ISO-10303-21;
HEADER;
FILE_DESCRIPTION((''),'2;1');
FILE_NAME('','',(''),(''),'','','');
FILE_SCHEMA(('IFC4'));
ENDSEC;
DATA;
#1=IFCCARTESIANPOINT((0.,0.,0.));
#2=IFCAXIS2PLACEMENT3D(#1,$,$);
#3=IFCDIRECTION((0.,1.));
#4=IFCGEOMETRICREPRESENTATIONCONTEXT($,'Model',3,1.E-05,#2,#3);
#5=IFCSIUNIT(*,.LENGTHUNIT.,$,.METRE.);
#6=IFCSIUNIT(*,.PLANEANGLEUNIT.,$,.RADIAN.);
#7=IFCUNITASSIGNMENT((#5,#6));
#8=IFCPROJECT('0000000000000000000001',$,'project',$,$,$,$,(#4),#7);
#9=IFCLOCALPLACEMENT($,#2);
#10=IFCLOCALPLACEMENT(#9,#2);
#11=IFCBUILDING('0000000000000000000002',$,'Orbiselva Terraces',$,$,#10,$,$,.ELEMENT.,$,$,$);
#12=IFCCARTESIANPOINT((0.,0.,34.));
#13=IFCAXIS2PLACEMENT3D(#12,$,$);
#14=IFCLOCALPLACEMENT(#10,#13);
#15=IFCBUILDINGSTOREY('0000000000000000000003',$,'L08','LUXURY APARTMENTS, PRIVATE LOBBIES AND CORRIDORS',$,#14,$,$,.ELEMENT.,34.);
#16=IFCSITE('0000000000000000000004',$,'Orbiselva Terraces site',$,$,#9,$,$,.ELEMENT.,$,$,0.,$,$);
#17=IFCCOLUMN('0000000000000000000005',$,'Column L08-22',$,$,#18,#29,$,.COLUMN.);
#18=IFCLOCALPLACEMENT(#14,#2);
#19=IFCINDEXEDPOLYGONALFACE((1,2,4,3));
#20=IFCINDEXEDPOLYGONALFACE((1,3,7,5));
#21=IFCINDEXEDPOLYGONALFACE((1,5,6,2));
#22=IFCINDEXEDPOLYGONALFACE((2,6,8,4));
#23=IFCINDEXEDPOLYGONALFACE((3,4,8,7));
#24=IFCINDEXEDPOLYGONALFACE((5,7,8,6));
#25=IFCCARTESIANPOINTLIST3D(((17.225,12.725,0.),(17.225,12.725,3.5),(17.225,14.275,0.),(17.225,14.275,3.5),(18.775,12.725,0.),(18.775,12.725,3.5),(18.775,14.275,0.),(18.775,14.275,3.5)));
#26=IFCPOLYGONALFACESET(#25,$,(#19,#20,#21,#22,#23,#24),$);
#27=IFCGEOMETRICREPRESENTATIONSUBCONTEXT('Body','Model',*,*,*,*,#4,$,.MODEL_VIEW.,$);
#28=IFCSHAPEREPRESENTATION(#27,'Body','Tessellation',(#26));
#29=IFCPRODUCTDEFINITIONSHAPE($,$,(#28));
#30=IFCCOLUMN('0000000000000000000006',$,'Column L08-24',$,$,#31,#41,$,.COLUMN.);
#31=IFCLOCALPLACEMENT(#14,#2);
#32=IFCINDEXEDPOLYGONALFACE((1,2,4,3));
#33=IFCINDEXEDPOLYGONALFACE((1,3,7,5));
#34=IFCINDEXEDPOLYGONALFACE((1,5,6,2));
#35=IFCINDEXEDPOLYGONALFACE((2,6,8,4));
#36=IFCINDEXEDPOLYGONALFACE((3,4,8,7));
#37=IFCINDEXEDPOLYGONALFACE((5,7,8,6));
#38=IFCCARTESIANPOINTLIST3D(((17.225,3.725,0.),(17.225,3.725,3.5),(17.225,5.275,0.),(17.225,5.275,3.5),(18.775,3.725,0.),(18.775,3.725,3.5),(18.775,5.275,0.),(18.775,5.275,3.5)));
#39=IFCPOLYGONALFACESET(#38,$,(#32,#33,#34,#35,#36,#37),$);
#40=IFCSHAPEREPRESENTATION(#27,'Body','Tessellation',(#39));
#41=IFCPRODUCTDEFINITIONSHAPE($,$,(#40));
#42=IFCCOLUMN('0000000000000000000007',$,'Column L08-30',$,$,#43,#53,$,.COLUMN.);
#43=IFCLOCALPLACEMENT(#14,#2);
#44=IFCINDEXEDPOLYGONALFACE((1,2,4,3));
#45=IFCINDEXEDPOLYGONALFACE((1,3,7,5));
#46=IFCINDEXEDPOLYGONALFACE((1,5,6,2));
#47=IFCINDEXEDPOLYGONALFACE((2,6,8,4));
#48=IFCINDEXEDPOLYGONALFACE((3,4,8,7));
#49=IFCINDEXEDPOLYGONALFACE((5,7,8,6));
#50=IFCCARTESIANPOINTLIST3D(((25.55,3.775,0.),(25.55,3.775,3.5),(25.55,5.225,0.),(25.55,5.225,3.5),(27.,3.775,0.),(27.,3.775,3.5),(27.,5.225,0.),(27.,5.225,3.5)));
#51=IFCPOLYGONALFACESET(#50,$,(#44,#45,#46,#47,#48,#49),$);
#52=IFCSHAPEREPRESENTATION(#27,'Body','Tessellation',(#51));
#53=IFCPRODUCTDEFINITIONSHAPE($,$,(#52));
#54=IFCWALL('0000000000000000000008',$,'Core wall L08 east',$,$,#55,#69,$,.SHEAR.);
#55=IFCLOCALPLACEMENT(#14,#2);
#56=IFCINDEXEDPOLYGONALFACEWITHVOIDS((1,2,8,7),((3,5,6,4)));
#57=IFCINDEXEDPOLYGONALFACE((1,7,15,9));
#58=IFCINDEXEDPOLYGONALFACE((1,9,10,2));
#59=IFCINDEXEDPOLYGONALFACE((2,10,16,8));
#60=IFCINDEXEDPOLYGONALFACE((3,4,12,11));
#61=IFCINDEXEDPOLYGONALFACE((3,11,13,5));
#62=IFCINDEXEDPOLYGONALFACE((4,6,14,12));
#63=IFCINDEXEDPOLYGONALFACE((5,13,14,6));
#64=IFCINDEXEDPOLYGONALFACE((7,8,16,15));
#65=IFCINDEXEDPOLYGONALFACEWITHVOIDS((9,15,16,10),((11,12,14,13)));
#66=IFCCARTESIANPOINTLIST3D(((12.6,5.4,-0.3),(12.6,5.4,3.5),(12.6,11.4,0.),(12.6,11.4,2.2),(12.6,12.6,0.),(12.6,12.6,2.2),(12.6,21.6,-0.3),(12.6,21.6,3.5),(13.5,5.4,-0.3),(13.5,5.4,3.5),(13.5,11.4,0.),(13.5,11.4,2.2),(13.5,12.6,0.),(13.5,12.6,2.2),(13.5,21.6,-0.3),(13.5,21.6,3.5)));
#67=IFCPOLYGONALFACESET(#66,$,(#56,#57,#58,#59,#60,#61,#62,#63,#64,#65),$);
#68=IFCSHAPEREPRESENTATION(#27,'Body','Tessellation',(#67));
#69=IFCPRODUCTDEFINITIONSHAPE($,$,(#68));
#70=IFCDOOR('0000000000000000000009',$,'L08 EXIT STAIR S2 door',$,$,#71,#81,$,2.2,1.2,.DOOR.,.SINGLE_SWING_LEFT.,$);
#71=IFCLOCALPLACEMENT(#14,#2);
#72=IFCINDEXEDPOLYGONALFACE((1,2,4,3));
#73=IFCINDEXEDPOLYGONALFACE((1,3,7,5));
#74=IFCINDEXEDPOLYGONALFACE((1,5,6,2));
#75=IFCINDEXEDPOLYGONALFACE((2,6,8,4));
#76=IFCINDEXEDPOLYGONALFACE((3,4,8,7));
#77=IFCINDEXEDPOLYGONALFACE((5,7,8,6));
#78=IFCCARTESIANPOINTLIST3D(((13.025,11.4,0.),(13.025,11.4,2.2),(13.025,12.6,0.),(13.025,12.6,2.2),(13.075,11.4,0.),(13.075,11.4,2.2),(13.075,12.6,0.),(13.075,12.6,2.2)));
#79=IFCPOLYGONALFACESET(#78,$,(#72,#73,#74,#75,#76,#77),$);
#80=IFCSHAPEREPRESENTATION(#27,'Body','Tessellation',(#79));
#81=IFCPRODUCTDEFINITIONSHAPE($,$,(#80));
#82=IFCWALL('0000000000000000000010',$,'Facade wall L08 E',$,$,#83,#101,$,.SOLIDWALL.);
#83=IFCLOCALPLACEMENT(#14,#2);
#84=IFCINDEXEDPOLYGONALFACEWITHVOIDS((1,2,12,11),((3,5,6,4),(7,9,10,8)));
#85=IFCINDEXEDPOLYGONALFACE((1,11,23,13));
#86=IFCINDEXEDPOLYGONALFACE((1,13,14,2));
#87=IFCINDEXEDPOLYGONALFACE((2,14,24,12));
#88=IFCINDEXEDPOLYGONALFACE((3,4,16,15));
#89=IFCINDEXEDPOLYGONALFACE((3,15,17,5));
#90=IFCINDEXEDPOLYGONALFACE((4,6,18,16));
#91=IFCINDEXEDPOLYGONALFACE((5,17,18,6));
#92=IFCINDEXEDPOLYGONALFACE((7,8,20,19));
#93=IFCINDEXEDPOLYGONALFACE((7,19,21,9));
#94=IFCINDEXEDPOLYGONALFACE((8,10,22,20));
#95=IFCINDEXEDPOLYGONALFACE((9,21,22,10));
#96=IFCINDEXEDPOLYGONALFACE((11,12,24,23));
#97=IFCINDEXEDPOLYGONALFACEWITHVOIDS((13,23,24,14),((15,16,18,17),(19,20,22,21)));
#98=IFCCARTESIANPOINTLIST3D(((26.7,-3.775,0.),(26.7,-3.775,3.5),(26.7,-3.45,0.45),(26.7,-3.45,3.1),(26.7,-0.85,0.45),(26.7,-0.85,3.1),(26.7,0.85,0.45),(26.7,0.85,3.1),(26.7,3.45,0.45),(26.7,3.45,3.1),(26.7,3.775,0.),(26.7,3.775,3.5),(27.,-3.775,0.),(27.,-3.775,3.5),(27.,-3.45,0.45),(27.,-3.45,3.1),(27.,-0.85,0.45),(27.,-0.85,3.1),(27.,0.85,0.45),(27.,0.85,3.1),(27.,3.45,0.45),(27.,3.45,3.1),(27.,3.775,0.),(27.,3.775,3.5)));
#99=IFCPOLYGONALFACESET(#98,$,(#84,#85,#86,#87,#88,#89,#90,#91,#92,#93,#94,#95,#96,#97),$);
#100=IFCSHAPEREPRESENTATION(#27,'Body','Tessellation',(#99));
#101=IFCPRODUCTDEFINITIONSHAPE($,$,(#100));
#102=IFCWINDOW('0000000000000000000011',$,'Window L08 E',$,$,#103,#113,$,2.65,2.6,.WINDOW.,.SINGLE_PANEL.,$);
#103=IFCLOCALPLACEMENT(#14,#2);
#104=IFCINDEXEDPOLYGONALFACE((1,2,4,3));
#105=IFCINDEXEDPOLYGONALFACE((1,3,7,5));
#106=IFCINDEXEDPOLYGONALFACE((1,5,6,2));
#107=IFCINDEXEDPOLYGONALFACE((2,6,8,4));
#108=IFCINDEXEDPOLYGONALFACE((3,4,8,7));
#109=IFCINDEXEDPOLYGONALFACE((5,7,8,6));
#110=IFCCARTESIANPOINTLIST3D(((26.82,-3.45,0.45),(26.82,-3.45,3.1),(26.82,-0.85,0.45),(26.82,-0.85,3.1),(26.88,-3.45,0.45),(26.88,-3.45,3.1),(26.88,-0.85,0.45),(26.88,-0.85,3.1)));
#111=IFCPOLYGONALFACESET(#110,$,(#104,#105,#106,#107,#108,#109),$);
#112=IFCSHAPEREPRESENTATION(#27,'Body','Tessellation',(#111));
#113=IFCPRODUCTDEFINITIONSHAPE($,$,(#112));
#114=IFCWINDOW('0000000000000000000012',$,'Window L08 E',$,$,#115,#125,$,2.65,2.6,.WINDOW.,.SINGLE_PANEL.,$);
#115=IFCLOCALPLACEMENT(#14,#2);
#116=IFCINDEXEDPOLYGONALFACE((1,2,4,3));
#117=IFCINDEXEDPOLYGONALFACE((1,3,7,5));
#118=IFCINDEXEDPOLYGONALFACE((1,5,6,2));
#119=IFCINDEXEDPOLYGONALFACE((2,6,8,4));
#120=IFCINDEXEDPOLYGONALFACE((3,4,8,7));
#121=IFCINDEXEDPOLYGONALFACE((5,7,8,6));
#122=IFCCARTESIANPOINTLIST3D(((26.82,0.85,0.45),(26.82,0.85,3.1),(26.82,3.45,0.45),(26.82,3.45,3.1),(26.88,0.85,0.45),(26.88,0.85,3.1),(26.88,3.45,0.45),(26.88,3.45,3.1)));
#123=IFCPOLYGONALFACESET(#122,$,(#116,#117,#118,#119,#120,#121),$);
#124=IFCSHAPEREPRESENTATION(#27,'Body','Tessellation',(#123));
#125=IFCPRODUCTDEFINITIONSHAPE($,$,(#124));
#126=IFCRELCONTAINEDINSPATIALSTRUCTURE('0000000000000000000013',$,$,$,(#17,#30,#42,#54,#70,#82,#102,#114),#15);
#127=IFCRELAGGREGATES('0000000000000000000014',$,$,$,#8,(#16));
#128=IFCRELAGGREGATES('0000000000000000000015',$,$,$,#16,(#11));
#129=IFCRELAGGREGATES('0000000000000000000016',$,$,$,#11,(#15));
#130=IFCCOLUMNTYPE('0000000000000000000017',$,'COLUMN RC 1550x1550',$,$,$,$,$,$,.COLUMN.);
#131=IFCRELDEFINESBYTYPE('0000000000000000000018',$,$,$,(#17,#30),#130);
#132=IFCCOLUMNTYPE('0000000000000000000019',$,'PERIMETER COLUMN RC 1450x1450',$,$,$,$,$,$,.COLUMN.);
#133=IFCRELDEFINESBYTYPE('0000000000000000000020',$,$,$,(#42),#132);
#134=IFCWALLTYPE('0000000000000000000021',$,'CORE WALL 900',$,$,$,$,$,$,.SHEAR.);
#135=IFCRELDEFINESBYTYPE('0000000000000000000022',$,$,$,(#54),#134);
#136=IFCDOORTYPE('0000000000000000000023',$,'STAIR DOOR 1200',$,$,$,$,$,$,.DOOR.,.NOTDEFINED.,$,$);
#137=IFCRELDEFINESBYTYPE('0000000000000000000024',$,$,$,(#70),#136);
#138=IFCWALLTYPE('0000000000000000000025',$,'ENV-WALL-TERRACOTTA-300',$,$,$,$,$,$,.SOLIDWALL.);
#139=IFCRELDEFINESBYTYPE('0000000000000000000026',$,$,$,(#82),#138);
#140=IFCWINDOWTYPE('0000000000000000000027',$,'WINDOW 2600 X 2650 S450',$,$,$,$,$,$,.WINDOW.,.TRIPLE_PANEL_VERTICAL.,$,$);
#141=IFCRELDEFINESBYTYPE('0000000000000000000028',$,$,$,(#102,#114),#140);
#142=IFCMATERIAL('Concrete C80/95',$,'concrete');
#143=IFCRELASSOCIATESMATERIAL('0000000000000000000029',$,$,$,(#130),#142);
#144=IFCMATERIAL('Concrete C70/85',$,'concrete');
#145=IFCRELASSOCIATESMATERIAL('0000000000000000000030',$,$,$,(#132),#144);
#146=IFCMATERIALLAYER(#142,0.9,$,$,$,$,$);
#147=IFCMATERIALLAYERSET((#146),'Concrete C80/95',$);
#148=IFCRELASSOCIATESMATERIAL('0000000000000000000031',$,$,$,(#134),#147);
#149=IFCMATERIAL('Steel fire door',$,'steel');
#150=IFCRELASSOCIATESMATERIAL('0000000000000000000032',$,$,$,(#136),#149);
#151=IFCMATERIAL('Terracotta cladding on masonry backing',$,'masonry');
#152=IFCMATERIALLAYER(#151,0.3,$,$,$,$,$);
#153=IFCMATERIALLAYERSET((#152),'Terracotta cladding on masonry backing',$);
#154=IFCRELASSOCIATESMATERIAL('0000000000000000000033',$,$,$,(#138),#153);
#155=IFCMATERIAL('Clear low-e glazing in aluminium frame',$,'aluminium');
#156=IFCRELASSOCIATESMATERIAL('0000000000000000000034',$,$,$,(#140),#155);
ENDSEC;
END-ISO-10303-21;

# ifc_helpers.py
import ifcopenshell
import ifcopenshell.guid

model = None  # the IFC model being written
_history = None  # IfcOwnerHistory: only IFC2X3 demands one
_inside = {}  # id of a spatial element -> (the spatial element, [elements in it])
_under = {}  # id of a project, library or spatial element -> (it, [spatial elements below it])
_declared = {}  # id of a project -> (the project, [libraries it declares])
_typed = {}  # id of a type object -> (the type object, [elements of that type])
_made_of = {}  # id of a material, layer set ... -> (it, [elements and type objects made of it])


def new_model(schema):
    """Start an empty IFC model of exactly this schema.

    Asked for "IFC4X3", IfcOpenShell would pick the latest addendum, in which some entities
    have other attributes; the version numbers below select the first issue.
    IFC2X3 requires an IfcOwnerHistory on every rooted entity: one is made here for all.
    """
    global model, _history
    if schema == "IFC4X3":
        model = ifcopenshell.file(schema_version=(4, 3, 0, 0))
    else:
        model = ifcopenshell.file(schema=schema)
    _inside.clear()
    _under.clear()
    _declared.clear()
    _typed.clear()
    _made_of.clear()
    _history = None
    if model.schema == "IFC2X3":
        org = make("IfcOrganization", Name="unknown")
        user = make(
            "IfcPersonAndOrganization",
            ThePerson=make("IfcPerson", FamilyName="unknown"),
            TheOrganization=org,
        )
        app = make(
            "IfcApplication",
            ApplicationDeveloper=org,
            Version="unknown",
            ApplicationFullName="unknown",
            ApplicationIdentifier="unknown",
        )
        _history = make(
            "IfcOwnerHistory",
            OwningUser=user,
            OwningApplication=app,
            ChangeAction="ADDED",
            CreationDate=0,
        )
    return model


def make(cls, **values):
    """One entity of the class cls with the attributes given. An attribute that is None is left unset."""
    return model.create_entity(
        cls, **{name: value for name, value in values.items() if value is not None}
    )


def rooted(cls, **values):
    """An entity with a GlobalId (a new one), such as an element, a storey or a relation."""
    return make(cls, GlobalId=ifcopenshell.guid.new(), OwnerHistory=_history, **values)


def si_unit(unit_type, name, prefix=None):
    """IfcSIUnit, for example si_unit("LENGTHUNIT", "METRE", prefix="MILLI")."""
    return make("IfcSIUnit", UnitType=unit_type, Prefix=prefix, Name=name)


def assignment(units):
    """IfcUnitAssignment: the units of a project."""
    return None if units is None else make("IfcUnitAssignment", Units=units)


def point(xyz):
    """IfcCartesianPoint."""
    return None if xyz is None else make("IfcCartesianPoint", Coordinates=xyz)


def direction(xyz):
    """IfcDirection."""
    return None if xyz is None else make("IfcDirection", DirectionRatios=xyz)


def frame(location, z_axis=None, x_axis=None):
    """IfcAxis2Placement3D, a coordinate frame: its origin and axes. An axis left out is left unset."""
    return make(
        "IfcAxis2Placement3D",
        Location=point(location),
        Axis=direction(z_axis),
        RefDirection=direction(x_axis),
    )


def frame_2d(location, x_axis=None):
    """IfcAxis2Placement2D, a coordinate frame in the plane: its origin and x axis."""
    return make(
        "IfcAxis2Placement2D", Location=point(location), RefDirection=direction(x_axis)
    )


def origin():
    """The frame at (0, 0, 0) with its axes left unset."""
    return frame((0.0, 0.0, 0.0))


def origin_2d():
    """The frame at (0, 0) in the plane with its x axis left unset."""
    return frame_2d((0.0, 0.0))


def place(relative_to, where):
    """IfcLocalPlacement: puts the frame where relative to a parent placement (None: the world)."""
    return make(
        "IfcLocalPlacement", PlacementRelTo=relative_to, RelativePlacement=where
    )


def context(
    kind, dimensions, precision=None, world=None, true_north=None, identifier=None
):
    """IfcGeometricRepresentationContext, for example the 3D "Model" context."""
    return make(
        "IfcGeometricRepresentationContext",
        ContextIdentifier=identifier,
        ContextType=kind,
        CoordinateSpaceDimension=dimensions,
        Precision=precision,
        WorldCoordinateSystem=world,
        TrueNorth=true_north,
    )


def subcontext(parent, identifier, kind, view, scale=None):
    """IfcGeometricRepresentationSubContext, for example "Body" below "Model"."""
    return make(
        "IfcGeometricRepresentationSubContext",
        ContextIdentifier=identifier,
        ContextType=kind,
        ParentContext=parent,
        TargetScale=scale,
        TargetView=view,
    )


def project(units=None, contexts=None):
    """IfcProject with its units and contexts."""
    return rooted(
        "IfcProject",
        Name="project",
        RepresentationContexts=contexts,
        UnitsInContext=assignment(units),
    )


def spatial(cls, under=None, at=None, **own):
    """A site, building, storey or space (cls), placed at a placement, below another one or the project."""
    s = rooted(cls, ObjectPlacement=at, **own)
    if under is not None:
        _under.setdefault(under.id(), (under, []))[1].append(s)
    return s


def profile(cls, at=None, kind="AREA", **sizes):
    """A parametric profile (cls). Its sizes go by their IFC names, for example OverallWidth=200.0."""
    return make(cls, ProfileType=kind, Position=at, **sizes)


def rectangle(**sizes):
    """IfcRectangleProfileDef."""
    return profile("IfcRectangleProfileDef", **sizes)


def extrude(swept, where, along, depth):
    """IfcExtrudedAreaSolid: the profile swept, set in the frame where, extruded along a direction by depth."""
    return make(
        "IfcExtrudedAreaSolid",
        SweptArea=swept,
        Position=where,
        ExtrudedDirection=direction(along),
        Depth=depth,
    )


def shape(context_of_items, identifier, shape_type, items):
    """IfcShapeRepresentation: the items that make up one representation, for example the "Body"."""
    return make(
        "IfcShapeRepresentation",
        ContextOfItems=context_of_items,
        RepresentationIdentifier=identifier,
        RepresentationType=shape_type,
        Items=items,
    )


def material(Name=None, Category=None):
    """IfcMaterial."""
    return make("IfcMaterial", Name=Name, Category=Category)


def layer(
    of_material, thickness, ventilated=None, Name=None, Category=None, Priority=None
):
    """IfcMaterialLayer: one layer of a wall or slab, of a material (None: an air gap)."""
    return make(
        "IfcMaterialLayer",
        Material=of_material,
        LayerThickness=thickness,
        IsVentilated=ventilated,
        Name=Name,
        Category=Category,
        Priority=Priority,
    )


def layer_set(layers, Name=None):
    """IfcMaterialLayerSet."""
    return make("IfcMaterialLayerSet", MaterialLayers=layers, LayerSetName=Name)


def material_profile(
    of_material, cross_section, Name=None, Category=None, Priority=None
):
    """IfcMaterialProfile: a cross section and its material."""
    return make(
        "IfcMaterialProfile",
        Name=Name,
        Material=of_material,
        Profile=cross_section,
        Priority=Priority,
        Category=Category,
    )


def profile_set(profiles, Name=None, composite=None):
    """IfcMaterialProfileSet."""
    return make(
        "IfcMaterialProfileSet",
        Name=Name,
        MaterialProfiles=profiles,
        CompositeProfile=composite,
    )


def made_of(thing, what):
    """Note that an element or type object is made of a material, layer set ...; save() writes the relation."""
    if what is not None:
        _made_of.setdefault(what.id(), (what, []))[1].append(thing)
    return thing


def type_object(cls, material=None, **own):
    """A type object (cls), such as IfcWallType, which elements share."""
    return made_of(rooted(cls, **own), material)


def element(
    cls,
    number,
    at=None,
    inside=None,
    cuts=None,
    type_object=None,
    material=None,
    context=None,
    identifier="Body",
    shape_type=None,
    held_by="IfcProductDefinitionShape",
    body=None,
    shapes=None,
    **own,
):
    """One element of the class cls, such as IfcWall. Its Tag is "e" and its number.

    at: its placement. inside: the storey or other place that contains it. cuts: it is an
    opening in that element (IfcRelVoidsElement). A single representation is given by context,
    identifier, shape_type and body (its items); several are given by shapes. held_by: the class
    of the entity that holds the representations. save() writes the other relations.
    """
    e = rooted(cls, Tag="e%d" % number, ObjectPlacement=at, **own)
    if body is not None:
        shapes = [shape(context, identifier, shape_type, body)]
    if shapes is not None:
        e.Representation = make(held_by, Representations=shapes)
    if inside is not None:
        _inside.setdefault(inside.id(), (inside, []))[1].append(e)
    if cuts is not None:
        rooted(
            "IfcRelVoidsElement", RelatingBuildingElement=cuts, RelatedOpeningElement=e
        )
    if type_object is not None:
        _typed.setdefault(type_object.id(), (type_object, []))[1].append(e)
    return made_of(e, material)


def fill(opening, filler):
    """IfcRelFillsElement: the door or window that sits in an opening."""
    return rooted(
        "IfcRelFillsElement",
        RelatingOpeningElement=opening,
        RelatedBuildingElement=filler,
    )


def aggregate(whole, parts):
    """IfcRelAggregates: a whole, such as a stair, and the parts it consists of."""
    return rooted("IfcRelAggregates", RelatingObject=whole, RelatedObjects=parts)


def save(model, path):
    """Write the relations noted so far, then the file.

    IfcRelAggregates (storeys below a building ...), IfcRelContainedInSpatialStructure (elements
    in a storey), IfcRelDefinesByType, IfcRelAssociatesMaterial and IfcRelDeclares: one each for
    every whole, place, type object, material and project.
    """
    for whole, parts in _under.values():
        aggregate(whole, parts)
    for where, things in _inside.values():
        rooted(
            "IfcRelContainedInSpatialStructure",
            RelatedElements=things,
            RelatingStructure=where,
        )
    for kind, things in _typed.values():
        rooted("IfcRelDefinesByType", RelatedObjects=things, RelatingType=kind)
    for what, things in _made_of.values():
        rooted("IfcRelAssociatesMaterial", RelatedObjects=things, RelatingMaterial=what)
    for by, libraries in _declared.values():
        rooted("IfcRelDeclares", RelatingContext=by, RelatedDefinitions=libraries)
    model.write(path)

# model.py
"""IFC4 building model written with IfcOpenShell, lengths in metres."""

from ifc_helpers import new_model, si_unit, direction, frame, frame_2d, origin, origin_2d, place, context, subcontext, project, spatial, rectangle, extrude, material, layer, layer_set, material_profile, profile_set, type_object, element, fill, save


model = new_model("IFC4")

# Units and contexts
model_context = context("Model", 3, precision=1e-05, world=origin(), true_north=direction((0.0, 1.0)))
body_context = subcontext(model_context, "Body", "Model", "MODEL_VIEW")
ifc_project = project(units=[si_unit("LENGTHUNIT", "METRE"), si_unit("PLANEANGLEUNIT", "RADIAN")], contexts=[model_context])

# Site, building, storey
site_placement = place(None, origin())
site = spatial("IfcSite", under=ifc_project, at=site_placement, Name="Orbiselva Terraces site", CompositionType="ELEMENT", RefElevation=0.0)
building_placement = place(site_placement, origin())
building = spatial("IfcBuilding", under=site, at=building_placement, Name="Orbiselva Terraces", CompositionType="ELEMENT")
storey_placement = place(building_placement, frame((0.0, 0.0, 34.0)))
storey = spatial("IfcBuildingStorey", under=building, at=storey_placement, Name="L08", Description="LUXURY APARTMENTS, PRIVATE LOBBIES AND CORRIDORS", CompositionType="ELEMENT", Elevation=34.0)

# Columns
ifc_material_1 = material(Name="Concrete C80/95", Category="concrete")
ifc_material_profile_1 = material_profile(ifc_material_1, rectangle(XDim=1.55, YDim=1.55, at=origin_2d()), Name="RC 1550x1550")
ifc_profile_set_1 = profile_set([ifc_material_profile_1], Name="Concrete C80/95")
column_type_1 = type_object("IfcColumnType", Name="COLUMN RC 1550x1550", PredefinedType="COLUMN", material=ifc_profile_set_1)
for number, where, z_axis, x_axis, name in (
    (1, (18.0, 13.5, 0.0), (0.0, 0.0, 1.0), (1.0, 0.0, 0.0), "Column L08-22"),
    (2, (18.0, 4.5, 0.0), (0.0, 0.0, 1.0), (1.0, 0.0, 0.0), "Column L08-24"),
):
    element("IfcColumn", number, at=place(storey_placement, frame(where, z_axis=z_axis, x_axis=x_axis)), inside=storey, type_object=column_type_1, Name=name, PredefinedType="COLUMN", context=body_context, shape_type="SweptSolid", body=[
        extrude(rectangle(XDim=1.55, YDim=1.55, at=origin_2d()), origin(), (0.0, 0.0, 1.0), 3.5),
    ])
ifc_material_2 = material(Name="Concrete C70/85", Category="concrete")
ifc_material_profile_2 = material_profile(ifc_material_2, rectangle(XDim=1.45, YDim=1.45, at=origin_2d()), Name="RC 1450x1450")
ifc_profile_set_2 = profile_set([ifc_material_profile_2], Name="Concrete C70/85")
column_type_2 = type_object("IfcColumnType", Name="PERIMETER COLUMN RC 1450x1450", PredefinedType="COLUMN", material=ifc_profile_set_2)
column_placement = place(storey_placement, frame((26.275, 4.5, 0.0), z_axis=(0.0, 0.0, 1.0), x_axis=(1.0, 0.0, 0.0)))
element("IfcColumn", 3, at=column_placement, inside=storey, type_object=column_type_2, Name="Column L08-30", PredefinedType="COLUMN", context=body_context, shape_type="SweptSolid", body=[
    extrude(rectangle(XDim=1.45, YDim=1.45, at=origin_2d()), origin(), (0.0, 0.0, 1.0), 3.5),
])

# Wall, opening, door
ifc_layer_1 = layer(ifc_material_1, 0.9)
ifc_layer_set_1 = layer_set([ifc_layer_1], Name="Concrete C80/95")
wall_type_1 = type_object("IfcWallType", Name="CORE WALL 900", PredefinedType="SHEAR", material=ifc_layer_set_1)
wall_1_placement = place(storey_placement, frame((13.05, 5.4, -0.3), z_axis=(0.0, 0.0, 1.0), x_axis=(0.0, 1.0, 0.0)))
wall_1 = element("IfcWall", 4, at=wall_1_placement, inside=storey, type_object=wall_type_1, Name="Core wall L08 east", PredefinedType="SHEAR", context=body_context, shape_type="SweptSolid", body=[
    extrude(rectangle(XDim=16.2, YDim=0.9, at=frame_2d((8.1, 0.0))), origin(), (0.0, 0.0, 1.0), 3.8),
])
opening_1_placement = place(wall_1_placement, frame((6.0, 0.0, 0.3)))
opening_1 = element("IfcOpeningElement", 5, at=opening_1_placement, cuts=wall_1, PredefinedType="OPENING", context=body_context, shape_type="SweptSolid", body=[
    extrude(rectangle(XDim=1.2, YDim=2.2, at=frame_2d((0.6, 1.1))), frame((0.0, 0.46, 0.0), z_axis=(0.0, -1.0, 0.0), x_axis=(1.0, 0.0, 0.0)), (0.0, 0.0, 1.0), 0.92),
])
ifc_material_3 = material(Name="Steel fire door", Category="steel")
door_type_1 = type_object("IfcDoorType", Name="STAIR DOOR 1200", OperationType="NOTDEFINED", PredefinedType="DOOR", material=ifc_material_3)
door_1_placement = place(opening_1_placement, frame((1.2, 0.0, 0.0), z_axis=(0.0, 0.0, 1.0), x_axis=(-1.0, 0.0, 0.0)))
door_1 = element("IfcDoor", 6, at=door_1_placement, inside=storey, type_object=door_type_1, Name="L08 EXIT STAIR S2 door", OperationType="SINGLE_SWING_LEFT", OverallHeight=2.2, OverallWidth=1.2, PredefinedType="DOOR", context=body_context, shape_type="SweptSolid", body=[
    extrude(rectangle(XDim=1.2, YDim=2.2, at=frame_2d((0.6, 1.1))), frame((0.0, 0.025, 0.0), z_axis=(0.0, -1.0, 0.0), x_axis=(1.0, 0.0, 0.0)), (0.0, 0.0, 1.0), 0.05),
])
fill(opening_1, door_1)

# Wall, openings, windows
ifc_material_4 = material(Name="Terracotta cladding on masonry backing", Category="masonry")
ifc_layer_2 = layer(ifc_material_4, 0.3)
ifc_layer_set_2 = layer_set([ifc_layer_2], Name="Terracotta cladding on masonry backing")
wall_type_2 = type_object("IfcWallType", Name="ENV-WALL-TERRACOTTA-300", PredefinedType="SOLIDWALL", material=ifc_layer_set_2)
wall_2_placement = place(storey_placement, frame((26.85, 3.775, 0.0), z_axis=(0.0, 0.0, 1.0), x_axis=(0.0, -1.0, 0.0)))
wall_2 = element("IfcWall", 7, at=wall_2_placement, inside=storey, type_object=wall_type_2, Name="Facade wall L08 E", PredefinedType="SOLIDWALL", context=body_context, shape_type="SweptSolid", body=[
    extrude(rectangle(XDim=7.55, YDim=0.3, at=frame_2d((3.775, 0.0))), origin(), (0.0, 0.0, 1.0), 3.5),
])
opening_2_placement = place(wall_2_placement, frame((4.625, 0.0, 0.45)))
opening_2 = element("IfcOpeningElement", 8, at=opening_2_placement, cuts=wall_2, PredefinedType="OPENING", context=body_context, shape_type="SweptSolid", body=[
    extrude(rectangle(XDim=2.6, YDim=2.65, at=frame_2d((1.3, 1.325))), frame((0.0, 0.16, 0.0), z_axis=(0.0, -1.0, 0.0), x_axis=(1.0, 0.0, 0.0)), (0.0, 0.0, 1.0), 0.32),
])
opening_3_placement = place(wall_2_placement, frame((0.325, 0.0, 0.45)))
opening_3 = element("IfcOpeningElement", 9, at=opening_3_placement, cuts=wall_2, PredefinedType="OPENING", context=body_context, shape_type="SweptSolid", body=[
    extrude(rectangle(XDim=2.6, YDim=2.65, at=frame_2d((1.3, 1.325))), frame((0.0, 0.16, 0.0), z_axis=(0.0, -1.0, 0.0), x_axis=(1.0, 0.0, 0.0)), (0.0, 0.0, 1.0), 0.32),
])
ifc_material_5 = material(Name="Clear low-e glazing in aluminium frame", Category="aluminium")
window_type = type_object("IfcWindowType", Name="WINDOW 2600 X 2650 S450", PartitioningType="TRIPLE_PANEL_VERTICAL", PredefinedType="WINDOW", material=ifc_material_5)
window_1_placement = place(opening_2_placement, origin())
window_1 = element("IfcWindow", 10, at=window_1_placement, inside=storey, type_object=window_type, Name="Window L08 E", OverallHeight=2.65, OverallWidth=2.6, PartitioningType="SINGLE_PANEL", PredefinedType="WINDOW", context=body_context, shape_type="SweptSolid", body=[
    extrude(rectangle(XDim=2.6, YDim=2.65, at=frame_2d((1.3, 1.325))), frame((0.0, 0.03, 0.0), z_axis=(0.0, -1.0, 0.0), x_axis=(1.0, 0.0, 0.0)), (0.0, 0.0, 1.0), 0.06),
])
fill(opening_2, window_1)
window_2_placement = place(opening_3_placement, origin())
window_2 = element("IfcWindow", 11, at=window_2_placement, inside=storey, type_object=window_type, Name="Window L08 E", OverallHeight=2.65, OverallWidth=2.6, PartitioningType="SINGLE_PANEL", PredefinedType="WINDOW", context=body_context, shape_type="SweptSolid", body=[
    extrude(rectangle(XDim=2.6, YDim=2.65, at=frame_2d((1.3, 1.325))), frame((0.0, 0.03, 0.0), z_axis=(0.0, -1.0, 0.0), x_axis=(1.0, 0.0, 0.0)), (0.0, 0.0, 1.0), 0.06),
])
fill(opening_3, window_2)

save(model, "model.ifc")
